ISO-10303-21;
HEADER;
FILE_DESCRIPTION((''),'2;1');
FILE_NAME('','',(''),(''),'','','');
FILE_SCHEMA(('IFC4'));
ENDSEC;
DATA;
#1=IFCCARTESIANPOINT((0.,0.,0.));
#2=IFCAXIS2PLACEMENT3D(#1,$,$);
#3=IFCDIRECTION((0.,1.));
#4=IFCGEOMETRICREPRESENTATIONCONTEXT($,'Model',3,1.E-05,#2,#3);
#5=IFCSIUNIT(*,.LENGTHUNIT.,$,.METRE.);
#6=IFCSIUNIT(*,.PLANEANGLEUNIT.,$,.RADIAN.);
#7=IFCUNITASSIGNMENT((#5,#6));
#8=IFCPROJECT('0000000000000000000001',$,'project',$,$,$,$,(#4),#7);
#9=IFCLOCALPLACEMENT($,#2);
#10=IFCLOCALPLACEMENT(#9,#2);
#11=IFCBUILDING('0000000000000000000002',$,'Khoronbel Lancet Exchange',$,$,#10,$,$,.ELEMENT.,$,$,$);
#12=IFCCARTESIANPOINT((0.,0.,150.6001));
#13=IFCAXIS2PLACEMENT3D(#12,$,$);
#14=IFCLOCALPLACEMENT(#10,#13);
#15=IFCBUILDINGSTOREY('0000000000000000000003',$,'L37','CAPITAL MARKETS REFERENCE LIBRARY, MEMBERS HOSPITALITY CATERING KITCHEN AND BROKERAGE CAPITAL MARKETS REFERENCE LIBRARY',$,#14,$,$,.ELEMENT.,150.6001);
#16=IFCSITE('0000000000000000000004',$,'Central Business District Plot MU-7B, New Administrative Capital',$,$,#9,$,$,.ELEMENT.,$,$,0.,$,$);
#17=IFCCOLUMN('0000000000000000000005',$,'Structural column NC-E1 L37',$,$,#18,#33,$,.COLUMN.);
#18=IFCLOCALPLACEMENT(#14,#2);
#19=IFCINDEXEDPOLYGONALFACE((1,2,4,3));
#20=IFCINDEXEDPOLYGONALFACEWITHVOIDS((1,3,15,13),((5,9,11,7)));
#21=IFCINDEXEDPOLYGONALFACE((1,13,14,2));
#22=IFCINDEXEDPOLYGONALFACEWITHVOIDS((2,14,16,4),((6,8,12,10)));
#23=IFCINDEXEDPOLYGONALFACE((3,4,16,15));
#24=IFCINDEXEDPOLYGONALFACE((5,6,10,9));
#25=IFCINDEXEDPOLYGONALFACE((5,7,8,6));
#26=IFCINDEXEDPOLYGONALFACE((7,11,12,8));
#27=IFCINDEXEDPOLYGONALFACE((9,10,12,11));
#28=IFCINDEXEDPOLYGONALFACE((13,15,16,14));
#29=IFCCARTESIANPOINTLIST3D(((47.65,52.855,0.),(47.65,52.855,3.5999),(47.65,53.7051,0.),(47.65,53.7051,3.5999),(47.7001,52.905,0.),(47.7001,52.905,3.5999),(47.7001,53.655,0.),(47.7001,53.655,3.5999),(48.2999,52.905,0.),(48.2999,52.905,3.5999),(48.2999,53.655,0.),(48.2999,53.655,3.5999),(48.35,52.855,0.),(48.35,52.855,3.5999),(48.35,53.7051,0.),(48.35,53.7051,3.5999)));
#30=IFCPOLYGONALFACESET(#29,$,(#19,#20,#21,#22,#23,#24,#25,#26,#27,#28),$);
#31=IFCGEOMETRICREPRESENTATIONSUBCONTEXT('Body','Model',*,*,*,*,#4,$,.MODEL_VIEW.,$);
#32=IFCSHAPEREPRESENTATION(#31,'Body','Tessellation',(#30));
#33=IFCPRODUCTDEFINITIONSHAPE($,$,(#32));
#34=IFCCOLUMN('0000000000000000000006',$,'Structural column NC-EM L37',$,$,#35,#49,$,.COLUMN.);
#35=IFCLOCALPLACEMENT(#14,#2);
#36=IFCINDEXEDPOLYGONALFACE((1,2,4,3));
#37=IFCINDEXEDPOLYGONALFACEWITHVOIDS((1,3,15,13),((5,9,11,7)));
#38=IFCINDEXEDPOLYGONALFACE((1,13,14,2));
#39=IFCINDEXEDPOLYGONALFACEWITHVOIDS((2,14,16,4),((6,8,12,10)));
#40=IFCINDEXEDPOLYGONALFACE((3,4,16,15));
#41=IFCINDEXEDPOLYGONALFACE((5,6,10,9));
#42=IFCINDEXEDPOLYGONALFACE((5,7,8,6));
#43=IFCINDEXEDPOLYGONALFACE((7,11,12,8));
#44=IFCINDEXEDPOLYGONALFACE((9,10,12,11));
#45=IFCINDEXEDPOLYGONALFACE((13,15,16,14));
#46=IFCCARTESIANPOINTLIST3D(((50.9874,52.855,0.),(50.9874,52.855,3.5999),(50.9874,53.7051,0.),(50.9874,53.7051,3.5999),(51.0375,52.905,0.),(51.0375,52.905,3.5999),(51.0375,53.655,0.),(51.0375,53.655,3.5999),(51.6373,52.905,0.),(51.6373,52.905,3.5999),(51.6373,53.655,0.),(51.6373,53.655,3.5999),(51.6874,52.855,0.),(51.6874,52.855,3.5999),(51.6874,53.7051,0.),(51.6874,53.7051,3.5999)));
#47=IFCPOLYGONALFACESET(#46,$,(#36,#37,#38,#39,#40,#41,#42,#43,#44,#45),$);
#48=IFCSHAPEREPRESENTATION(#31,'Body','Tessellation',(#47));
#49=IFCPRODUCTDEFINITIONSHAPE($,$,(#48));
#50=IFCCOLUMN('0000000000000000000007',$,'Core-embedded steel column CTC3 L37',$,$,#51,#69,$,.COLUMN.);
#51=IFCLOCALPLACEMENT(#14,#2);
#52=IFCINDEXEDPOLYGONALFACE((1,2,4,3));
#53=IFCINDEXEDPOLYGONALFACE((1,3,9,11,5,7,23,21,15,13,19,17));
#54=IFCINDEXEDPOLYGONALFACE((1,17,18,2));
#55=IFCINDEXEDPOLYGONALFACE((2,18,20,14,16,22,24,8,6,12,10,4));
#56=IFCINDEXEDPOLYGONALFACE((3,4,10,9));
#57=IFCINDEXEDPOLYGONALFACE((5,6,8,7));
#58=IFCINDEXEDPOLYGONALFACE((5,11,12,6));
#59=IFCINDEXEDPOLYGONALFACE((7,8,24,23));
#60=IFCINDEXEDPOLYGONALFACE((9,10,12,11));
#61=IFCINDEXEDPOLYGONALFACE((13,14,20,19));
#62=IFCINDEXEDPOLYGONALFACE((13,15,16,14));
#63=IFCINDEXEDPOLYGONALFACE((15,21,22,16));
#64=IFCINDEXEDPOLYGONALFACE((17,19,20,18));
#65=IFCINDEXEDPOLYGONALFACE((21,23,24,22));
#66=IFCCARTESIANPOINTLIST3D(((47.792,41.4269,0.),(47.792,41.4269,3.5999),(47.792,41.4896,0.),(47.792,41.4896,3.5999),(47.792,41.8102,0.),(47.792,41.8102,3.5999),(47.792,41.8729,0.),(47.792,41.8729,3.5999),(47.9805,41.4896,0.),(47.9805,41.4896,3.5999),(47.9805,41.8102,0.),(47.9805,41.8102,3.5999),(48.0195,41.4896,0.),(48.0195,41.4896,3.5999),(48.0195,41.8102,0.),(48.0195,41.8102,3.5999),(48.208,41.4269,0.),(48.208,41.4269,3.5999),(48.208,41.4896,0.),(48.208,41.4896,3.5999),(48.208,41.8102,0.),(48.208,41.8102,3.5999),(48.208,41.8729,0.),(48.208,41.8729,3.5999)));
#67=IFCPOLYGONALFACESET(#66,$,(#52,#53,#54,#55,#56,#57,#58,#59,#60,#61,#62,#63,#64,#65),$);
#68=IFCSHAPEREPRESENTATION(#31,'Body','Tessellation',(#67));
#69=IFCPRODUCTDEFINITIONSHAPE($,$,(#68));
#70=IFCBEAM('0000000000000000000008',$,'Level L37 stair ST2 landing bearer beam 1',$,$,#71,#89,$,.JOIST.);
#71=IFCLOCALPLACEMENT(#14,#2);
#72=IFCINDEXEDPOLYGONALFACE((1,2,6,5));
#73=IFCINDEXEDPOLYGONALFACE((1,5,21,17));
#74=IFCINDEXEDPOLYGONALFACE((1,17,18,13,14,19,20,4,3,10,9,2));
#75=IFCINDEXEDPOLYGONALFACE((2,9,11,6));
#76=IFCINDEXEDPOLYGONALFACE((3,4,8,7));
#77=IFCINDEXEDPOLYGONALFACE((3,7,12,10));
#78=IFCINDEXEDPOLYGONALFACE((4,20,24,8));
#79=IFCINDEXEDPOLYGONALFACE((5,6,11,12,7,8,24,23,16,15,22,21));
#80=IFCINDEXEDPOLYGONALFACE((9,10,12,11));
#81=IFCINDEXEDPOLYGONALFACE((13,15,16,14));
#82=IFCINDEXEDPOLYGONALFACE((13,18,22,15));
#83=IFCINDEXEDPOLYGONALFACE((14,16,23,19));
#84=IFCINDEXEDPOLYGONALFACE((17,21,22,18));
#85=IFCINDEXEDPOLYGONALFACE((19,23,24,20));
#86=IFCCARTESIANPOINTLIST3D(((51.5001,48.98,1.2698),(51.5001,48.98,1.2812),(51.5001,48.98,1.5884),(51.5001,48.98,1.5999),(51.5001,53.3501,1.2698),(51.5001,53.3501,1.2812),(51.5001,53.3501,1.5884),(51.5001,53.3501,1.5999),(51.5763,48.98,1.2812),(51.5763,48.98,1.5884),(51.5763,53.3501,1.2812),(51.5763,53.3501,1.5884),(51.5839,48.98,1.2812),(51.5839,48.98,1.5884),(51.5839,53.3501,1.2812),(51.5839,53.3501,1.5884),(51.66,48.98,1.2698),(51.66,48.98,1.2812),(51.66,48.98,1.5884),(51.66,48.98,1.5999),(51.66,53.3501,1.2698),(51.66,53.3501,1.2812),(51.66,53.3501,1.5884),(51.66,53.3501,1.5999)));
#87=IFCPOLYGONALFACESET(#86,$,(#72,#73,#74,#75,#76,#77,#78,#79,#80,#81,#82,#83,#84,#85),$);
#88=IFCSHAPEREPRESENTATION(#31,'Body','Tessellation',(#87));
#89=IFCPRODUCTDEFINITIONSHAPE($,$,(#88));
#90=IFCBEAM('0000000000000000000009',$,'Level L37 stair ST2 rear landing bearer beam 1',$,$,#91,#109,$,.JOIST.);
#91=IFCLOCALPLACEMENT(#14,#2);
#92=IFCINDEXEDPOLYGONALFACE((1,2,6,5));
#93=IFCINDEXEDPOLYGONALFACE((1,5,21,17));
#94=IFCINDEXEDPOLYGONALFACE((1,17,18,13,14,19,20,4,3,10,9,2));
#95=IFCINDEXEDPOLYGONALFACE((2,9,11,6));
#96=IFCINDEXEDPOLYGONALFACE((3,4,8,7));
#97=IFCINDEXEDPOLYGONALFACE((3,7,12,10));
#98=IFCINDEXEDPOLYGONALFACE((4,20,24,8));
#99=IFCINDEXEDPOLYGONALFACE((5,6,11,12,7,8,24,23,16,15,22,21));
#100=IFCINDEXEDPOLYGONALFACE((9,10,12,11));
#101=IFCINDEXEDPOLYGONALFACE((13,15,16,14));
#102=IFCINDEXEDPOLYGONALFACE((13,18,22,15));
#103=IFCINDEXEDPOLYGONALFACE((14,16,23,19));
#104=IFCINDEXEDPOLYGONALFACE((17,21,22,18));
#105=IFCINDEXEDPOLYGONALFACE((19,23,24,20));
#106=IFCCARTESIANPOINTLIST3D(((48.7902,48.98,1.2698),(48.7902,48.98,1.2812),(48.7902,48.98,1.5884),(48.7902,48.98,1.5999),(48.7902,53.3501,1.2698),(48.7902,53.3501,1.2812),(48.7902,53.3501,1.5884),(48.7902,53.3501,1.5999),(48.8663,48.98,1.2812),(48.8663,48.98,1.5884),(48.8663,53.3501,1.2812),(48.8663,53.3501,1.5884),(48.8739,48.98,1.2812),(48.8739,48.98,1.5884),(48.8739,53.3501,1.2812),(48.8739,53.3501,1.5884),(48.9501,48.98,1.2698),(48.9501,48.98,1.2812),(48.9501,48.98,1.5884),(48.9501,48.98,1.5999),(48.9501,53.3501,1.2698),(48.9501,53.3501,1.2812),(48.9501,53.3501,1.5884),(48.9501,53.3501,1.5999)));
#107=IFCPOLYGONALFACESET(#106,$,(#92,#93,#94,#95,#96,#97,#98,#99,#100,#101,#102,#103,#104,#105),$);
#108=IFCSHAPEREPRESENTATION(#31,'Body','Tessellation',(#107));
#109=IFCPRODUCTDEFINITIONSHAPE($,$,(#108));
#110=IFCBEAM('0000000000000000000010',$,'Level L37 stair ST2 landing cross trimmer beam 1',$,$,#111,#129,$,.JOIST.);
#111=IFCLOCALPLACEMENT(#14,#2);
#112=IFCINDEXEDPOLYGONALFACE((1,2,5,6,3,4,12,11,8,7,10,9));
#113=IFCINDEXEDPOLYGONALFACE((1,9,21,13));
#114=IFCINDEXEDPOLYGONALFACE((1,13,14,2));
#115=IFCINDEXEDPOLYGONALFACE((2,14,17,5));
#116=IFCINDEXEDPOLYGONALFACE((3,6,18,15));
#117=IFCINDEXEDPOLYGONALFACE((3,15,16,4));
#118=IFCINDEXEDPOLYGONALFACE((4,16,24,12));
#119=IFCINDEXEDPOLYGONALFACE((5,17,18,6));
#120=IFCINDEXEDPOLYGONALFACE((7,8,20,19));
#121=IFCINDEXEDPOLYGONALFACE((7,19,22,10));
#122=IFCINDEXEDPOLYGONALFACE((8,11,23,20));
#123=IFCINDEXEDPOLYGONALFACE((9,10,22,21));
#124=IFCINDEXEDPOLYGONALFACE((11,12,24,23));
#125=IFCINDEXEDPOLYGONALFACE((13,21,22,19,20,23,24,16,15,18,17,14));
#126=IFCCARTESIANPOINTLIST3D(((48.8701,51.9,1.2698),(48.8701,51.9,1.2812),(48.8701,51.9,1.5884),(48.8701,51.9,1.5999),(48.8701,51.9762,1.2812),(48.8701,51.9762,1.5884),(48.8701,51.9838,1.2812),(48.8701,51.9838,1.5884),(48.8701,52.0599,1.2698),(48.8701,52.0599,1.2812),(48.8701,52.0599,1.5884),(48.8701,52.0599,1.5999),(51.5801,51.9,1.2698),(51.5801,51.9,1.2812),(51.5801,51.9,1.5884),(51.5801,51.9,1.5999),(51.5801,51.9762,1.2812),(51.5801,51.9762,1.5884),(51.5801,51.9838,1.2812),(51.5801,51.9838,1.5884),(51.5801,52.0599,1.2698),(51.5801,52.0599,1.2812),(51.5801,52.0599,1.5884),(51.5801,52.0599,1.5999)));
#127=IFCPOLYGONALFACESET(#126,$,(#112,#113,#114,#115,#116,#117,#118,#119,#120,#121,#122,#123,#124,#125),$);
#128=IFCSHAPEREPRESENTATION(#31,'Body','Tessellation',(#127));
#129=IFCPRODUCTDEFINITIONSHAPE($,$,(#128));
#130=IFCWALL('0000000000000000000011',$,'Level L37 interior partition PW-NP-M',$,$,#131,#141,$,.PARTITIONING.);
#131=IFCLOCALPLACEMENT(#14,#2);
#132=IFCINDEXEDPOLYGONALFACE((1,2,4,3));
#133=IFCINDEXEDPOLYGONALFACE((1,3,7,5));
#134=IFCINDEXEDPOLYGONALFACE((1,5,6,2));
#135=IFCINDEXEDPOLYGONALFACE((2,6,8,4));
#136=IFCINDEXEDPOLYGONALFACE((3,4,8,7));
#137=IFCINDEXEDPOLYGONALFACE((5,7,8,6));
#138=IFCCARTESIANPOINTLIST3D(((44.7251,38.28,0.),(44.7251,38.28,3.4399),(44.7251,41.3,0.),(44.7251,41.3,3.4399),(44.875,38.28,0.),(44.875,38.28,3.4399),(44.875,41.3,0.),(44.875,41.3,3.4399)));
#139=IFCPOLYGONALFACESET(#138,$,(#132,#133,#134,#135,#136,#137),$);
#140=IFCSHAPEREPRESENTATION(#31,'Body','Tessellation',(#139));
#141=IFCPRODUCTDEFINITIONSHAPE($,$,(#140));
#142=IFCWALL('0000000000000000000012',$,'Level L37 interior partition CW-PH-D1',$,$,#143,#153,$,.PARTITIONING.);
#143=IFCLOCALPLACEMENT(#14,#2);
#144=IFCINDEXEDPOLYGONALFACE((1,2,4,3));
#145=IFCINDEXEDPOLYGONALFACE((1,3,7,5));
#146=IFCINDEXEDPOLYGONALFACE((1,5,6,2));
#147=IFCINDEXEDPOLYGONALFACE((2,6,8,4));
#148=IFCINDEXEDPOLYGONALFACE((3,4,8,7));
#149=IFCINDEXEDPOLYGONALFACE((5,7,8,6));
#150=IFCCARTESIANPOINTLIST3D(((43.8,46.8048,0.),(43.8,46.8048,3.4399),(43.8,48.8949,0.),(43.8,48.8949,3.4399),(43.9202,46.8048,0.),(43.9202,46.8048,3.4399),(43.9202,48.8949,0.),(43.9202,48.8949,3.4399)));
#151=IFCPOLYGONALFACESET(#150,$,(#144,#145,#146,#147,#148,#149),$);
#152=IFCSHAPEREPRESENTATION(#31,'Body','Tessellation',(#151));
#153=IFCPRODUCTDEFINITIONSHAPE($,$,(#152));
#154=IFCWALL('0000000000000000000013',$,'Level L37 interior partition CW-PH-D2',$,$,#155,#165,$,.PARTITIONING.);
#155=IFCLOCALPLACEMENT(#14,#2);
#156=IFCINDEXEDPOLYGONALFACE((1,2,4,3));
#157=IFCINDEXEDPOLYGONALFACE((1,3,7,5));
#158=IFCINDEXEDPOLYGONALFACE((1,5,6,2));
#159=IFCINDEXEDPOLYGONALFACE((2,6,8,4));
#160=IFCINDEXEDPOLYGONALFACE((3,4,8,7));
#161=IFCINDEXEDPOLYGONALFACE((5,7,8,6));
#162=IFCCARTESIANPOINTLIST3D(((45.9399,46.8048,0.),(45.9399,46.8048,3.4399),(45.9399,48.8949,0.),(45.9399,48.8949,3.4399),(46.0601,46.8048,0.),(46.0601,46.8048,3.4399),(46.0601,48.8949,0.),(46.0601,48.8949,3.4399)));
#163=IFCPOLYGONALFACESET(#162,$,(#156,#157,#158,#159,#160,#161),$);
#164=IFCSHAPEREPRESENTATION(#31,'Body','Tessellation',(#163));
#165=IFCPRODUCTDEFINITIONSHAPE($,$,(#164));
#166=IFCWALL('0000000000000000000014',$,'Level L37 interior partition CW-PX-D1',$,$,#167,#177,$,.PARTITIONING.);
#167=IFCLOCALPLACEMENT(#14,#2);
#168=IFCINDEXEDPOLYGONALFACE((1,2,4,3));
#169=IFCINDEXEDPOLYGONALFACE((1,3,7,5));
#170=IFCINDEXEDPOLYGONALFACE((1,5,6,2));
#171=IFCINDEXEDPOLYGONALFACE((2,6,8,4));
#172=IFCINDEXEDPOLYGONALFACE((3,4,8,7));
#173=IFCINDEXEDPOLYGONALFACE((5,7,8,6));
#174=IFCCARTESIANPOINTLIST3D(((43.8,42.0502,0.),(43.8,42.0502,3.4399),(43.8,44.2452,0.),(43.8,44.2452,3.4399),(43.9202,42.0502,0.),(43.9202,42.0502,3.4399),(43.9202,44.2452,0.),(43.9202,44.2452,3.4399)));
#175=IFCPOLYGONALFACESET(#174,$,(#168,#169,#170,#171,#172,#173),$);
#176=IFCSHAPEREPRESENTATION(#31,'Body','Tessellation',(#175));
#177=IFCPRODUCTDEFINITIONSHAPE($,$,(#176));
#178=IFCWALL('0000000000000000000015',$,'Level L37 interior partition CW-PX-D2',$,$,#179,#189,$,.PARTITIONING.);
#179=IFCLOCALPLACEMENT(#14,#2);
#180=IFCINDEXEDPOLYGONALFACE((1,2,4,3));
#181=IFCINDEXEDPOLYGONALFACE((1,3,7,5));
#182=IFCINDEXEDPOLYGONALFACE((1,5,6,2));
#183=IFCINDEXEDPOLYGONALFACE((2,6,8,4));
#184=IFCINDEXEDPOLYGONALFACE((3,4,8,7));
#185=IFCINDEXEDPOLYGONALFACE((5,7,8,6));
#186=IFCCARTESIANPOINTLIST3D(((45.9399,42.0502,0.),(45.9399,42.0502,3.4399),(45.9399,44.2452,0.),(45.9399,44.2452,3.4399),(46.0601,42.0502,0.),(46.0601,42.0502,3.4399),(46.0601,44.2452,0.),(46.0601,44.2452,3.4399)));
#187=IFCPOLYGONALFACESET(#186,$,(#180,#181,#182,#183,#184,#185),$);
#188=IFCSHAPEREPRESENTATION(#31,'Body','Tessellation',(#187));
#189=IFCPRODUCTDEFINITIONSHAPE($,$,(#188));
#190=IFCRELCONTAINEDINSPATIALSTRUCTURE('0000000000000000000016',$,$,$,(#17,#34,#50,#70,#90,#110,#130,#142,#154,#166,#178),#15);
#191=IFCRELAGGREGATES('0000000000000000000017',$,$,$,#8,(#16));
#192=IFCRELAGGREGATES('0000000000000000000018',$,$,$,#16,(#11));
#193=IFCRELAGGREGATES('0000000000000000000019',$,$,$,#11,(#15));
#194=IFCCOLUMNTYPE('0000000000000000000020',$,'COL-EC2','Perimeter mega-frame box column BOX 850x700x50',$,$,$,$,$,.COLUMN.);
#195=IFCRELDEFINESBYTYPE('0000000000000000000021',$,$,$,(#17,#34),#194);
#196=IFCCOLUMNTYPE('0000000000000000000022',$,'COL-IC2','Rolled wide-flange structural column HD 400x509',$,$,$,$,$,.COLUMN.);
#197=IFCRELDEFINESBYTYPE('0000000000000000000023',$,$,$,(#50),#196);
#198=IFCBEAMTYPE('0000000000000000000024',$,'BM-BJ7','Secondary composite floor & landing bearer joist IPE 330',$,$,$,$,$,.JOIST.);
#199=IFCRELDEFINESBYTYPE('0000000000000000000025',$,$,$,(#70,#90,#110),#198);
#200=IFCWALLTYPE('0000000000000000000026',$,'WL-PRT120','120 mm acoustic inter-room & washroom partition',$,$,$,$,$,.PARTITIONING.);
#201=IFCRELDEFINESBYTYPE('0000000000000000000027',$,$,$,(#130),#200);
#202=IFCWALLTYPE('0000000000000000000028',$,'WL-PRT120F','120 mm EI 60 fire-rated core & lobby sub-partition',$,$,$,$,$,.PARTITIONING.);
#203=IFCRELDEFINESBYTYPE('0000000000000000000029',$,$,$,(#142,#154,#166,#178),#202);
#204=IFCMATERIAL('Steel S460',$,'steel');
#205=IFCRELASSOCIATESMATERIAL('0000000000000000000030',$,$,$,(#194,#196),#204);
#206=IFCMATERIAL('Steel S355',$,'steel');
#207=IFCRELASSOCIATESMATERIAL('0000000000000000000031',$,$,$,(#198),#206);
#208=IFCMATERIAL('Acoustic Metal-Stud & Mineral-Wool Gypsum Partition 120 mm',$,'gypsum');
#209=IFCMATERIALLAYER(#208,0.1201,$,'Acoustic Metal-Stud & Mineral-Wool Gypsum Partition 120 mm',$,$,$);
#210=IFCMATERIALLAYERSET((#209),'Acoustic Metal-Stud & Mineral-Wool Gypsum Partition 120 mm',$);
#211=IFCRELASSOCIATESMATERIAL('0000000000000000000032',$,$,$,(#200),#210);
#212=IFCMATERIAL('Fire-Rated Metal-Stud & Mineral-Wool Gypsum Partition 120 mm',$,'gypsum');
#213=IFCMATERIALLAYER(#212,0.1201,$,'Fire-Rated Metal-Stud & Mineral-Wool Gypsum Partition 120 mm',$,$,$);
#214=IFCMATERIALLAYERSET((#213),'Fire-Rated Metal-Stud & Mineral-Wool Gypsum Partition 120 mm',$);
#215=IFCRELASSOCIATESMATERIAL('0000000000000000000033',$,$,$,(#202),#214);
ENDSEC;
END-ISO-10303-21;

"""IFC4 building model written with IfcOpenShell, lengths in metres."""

from ifc_helpers import new_model, si_unit, direction, frame, frame_2d, origin, origin_2d, place, context, subcontext, project, spatial, rectangle, hollow_rectangle, i_section, extrude, material, layer, layer_set, material_profile, profile_set, type_object, element, save


model = new_model("IFC4")

# Units and contexts
model_context = context("Model", 3, precision=1e-05, world=origin(), true_north=direction((0.0, 1.0)))
body_context = subcontext(model_context, "Body", "Model", "MODEL_VIEW")
ifc_project = project(units=[si_unit("LENGTHUNIT", "METRE"), si_unit("PLANEANGLEUNIT", "RADIAN")], contexts=[model_context])

# Site, building, storey
site_placement = place(None, origin())
site = spatial("IfcSite", under=ifc_project, at=site_placement, Name="Central Business District Plot MU-7B, New Administrative Capital", CompositionType="ELEMENT", RefElevation=0.0)
building_placement = place(site_placement, origin())
building = spatial("IfcBuilding", under=site, at=building_placement, Name="Khoronbel Lancet Exchange", CompositionType="ELEMENT")
storey_placement = place(building_placement, frame((0.0, 0.0, 150.6001)))
storey = spatial("IfcBuildingStorey", under=building, at=storey_placement, Name="L37", Description="CAPITAL MARKETS REFERENCE LIBRARY, MEMBERS HOSPITALITY CATERING KITCHEN AND BROKERAGE CAPITAL MARKETS REFERENCE LIBRARY", CompositionType="ELEMENT", Elevation=150.6001)

# Columns
ifc_material_1 = material(Name="Steel S460", Category="steel")
ifc_material_profile_1 = material_profile(ifc_material_1, hollow_rectangle(XDim=0.7, YDim=0.8501, WallThickness=0.05, at=origin_2d()), Name="BOX 850x700x50")
ifc_profile_set_1 = profile_set([ifc_material_profile_1], Name="Steel S460")
column_type_1 = type_object("IfcColumnType", Name="COL-EC2", Description="Perimeter mega-frame box column BOX 850x700x50", PredefinedType="COLUMN", material=ifc_profile_set_1)
for number, where, z_axis, x_axis, name in (
    (1, (48.0, 53.28, 0.0), (0.0, 0.0, 1.0), (1.0, 0.0, 0.0), "Structural column NC-E1 L37"),
    (2, (51.3374, 53.28, 0.0), (0.0, 0.0, 1.0), (1.0, 0.0, 0.0), "Structural column NC-EM L37"),
):
    element("IfcColumn", number, at=place(storey_placement, frame(where, z_axis=z_axis, x_axis=x_axis)), inside=storey, type_object=column_type_1, Name=name, PredefinedType="COLUMN", context=body_context, shape_type="SweptSolid", body=[
        extrude(hollow_rectangle(XDim=0.7, YDim=0.8501, WallThickness=0.05, at=origin_2d()), origin(), (0.0, 0.0, 1.0), 3.5999),
    ])
ifc_material_profile_2 = material_profile(ifc_material_1, i_section(OverallWidth=0.416, OverallDepth=0.446, WebThickness=0.0391, FlangeThickness=0.0627, at=origin_2d()), Name="HD 400x509")
ifc_profile_set_2 = profile_set([ifc_material_profile_2], Name="Steel S460")
column_type_2 = type_object("IfcColumnType", Name="COL-IC2", Description="Rolled wide-flange structural column HD 400x509", PredefinedType="COLUMN", material=ifc_profile_set_2)
column_placement = place(storey_placement, frame((48.0, 41.6499, 0.0), z_axis=(0.0, 0.0, 1.0), x_axis=(1.0, 0.0, 0.0)))
element("IfcColumn", 3, at=column_placement, inside=storey, type_object=column_type_2, Name="Core-embedded steel column CTC3 L37", PredefinedType="COLUMN", context=body_context, shape_type="SweptSolid", body=[
    extrude(i_section(OverallWidth=0.416, OverallDepth=0.446, WebThickness=0.0391, FlangeThickness=0.0627, at=origin_2d()), origin(), (0.0, 0.0, 1.0), 3.5999),
])

# Beams
ifc_material_2 = material(Name="Steel S355", Category="steel")
ifc_material_profile_3 = material_profile(ifc_material_2, i_section(OverallWidth=0.1599, OverallDepth=0.3301, WebThickness=0.0076, FlangeThickness=0.0115, at=origin_2d()), Name="IPE 330")
ifc_profile_set_3 = profile_set([ifc_material_profile_3], Name="Steel S355")
beam_type = type_object("IfcBeamType", Name="BM-BJ7", Description="Secondary composite floor & landing bearer joist IPE 330", PredefinedType="JOIST", material=ifc_profile_set_3)
for number, where, z_axis, x_axis, name in (
    (4, (51.5801, 48.98, 1.4348), (0.0, 1.0, 0.0), (-1.0, 0.0, 0.0), "Level L37 stair ST2 landing bearer beam 1"),
    (5, (48.8701, 48.98, 1.4348), (0.0, 1.0, 0.0), (-1.0, 0.0, 0.0), "Level L37 stair ST2 rear landing bearer beam 1"),
):
    element("IfcBeam", number, at=place(storey_placement, frame(where, z_axis=z_axis, x_axis=x_axis)), inside=storey, type_object=beam_type, Name=name, PredefinedType="JOIST", context=body_context, shape_type="SweptSolid", body=[
        extrude(i_section(OverallWidth=0.1599, OverallDepth=0.3301, WebThickness=0.0076, FlangeThickness=0.0115, at=origin_2d()), origin(), (0.0, 0.0, 1.0), 4.3701),
    ])
beam_placement = place(storey_placement, frame((48.8701, 51.98, 1.4348), z_axis=(1.0, 0.0, 0.0), x_axis=(0.0, 1.0, 0.0)))
element("IfcBeam", 6, at=beam_placement, inside=storey, type_object=beam_type, Name="Level L37 stair ST2 landing cross trimmer beam 1", PredefinedType="JOIST", context=body_context, shape_type="SweptSolid", body=[
    extrude(i_section(OverallWidth=0.1599, OverallDepth=0.3301, WebThickness=0.0076, FlangeThickness=0.0115, at=origin_2d()), origin(), (0.0, 0.0, 1.0), 2.71),
])

# Walls
ifc_material_3 = material(Name="Acoustic Metal-Stud & Mineral-Wool Gypsum Partition 120 mm", Category="gypsum")
ifc_layer_1 = layer(ifc_material_3, 0.1201, Name="Acoustic Metal-Stud & Mineral-Wool Gypsum Partition 120 mm")
ifc_layer_set_1 = layer_set([ifc_layer_1], Name="Acoustic Metal-Stud & Mineral-Wool Gypsum Partition 120 mm")
wall_type_1 = type_object("IfcWallType", Name="WL-PRT120", Description="120 mm acoustic inter-room & washroom partition", PredefinedType="PARTITIONING", material=ifc_layer_set_1)
wall_1_placement = place(storey_placement, frame((44.8, 38.28, 0.0), z_axis=(0.0, 0.0, 1.0), x_axis=(0.0, 1.0, 0.0)))
element("IfcWall", 7, at=wall_1_placement, inside=storey, type_object=wall_type_1, Name="Level L37 interior partition PW-NP-M", PredefinedType="PARTITIONING", context=body_context, shape_type="SweptSolid", body=[
    extrude(rectangle(XDim=3.02, YDim=0.1499, at=frame_2d((1.51, 0.0))), origin(), (0.0, 0.0, 1.0), 3.4399),
])
ifc_material_4 = material(Name="Fire-Rated Metal-Stud & Mineral-Wool Gypsum Partition 120 mm", Category="gypsum")
ifc_layer_2 = layer(ifc_material_4, 0.1201, Name="Fire-Rated Metal-Stud & Mineral-Wool Gypsum Partition 120 mm")
ifc_layer_set_2 = layer_set([ifc_layer_2], Name="Fire-Rated Metal-Stud & Mineral-Wool Gypsum Partition 120 mm")
wall_type_2 = type_object("IfcWallType", Name="WL-PRT120F", Description="120 mm EI 60 fire-rated core & lobby sub-partition", PredefinedType="PARTITIONING", material=ifc_layer_set_2)
for number, where, z_axis, x_axis, name in (
    (8, (43.8601, 46.8049, 0.0), (0.0, 0.0, 1.0), (0.0, 1.0, 0.0), "Level L37 interior partition CW-PH-D1"),
    (9, (46.0, 46.8049, 0.0), (0.0, 0.0, 1.0), (0.0, 1.0, 0.0), "Level L37 interior partition CW-PH-D2"),
):
    element("IfcWall", number, at=place(storey_placement, frame(where, z_axis=z_axis, x_axis=x_axis)), inside=storey, type_object=wall_type_2, Name=name, PredefinedType="PARTITIONING", context=body_context, shape_type="SweptSolid", body=[
        extrude(rectangle(XDim=2.0901, YDim=0.1201, at=frame_2d((1.0449, 0.0))), origin(), (0.0, 0.0, 1.0), 3.4399),
    ])
for number, where, z_axis, x_axis, name in (
    (10, (43.8601, 42.05, 0.0), (0.0, 0.0, 1.0), (0.0, 1.0, 0.0), "Level L37 interior partition CW-PX-D1"),
    (11, (46.0, 42.05, 0.0), (0.0, 0.0, 1.0), (0.0, 1.0, 0.0), "Level L37 interior partition CW-PX-D2"),
):
    element("IfcWall", number, at=place(storey_placement, frame(where, z_axis=z_axis, x_axis=x_axis)), inside=storey, type_object=wall_type_2, Name=name, PredefinedType="PARTITIONING", context=body_context, shape_type="SweptSolid", body=[
        extrude(rectangle(XDim=2.1951, YDim=0.1201, at=frame_2d((1.0977, 0.0))), origin(), (0.0, 0.0, 1.0), 3.4399),
    ])

save(model, "model.ifc")
